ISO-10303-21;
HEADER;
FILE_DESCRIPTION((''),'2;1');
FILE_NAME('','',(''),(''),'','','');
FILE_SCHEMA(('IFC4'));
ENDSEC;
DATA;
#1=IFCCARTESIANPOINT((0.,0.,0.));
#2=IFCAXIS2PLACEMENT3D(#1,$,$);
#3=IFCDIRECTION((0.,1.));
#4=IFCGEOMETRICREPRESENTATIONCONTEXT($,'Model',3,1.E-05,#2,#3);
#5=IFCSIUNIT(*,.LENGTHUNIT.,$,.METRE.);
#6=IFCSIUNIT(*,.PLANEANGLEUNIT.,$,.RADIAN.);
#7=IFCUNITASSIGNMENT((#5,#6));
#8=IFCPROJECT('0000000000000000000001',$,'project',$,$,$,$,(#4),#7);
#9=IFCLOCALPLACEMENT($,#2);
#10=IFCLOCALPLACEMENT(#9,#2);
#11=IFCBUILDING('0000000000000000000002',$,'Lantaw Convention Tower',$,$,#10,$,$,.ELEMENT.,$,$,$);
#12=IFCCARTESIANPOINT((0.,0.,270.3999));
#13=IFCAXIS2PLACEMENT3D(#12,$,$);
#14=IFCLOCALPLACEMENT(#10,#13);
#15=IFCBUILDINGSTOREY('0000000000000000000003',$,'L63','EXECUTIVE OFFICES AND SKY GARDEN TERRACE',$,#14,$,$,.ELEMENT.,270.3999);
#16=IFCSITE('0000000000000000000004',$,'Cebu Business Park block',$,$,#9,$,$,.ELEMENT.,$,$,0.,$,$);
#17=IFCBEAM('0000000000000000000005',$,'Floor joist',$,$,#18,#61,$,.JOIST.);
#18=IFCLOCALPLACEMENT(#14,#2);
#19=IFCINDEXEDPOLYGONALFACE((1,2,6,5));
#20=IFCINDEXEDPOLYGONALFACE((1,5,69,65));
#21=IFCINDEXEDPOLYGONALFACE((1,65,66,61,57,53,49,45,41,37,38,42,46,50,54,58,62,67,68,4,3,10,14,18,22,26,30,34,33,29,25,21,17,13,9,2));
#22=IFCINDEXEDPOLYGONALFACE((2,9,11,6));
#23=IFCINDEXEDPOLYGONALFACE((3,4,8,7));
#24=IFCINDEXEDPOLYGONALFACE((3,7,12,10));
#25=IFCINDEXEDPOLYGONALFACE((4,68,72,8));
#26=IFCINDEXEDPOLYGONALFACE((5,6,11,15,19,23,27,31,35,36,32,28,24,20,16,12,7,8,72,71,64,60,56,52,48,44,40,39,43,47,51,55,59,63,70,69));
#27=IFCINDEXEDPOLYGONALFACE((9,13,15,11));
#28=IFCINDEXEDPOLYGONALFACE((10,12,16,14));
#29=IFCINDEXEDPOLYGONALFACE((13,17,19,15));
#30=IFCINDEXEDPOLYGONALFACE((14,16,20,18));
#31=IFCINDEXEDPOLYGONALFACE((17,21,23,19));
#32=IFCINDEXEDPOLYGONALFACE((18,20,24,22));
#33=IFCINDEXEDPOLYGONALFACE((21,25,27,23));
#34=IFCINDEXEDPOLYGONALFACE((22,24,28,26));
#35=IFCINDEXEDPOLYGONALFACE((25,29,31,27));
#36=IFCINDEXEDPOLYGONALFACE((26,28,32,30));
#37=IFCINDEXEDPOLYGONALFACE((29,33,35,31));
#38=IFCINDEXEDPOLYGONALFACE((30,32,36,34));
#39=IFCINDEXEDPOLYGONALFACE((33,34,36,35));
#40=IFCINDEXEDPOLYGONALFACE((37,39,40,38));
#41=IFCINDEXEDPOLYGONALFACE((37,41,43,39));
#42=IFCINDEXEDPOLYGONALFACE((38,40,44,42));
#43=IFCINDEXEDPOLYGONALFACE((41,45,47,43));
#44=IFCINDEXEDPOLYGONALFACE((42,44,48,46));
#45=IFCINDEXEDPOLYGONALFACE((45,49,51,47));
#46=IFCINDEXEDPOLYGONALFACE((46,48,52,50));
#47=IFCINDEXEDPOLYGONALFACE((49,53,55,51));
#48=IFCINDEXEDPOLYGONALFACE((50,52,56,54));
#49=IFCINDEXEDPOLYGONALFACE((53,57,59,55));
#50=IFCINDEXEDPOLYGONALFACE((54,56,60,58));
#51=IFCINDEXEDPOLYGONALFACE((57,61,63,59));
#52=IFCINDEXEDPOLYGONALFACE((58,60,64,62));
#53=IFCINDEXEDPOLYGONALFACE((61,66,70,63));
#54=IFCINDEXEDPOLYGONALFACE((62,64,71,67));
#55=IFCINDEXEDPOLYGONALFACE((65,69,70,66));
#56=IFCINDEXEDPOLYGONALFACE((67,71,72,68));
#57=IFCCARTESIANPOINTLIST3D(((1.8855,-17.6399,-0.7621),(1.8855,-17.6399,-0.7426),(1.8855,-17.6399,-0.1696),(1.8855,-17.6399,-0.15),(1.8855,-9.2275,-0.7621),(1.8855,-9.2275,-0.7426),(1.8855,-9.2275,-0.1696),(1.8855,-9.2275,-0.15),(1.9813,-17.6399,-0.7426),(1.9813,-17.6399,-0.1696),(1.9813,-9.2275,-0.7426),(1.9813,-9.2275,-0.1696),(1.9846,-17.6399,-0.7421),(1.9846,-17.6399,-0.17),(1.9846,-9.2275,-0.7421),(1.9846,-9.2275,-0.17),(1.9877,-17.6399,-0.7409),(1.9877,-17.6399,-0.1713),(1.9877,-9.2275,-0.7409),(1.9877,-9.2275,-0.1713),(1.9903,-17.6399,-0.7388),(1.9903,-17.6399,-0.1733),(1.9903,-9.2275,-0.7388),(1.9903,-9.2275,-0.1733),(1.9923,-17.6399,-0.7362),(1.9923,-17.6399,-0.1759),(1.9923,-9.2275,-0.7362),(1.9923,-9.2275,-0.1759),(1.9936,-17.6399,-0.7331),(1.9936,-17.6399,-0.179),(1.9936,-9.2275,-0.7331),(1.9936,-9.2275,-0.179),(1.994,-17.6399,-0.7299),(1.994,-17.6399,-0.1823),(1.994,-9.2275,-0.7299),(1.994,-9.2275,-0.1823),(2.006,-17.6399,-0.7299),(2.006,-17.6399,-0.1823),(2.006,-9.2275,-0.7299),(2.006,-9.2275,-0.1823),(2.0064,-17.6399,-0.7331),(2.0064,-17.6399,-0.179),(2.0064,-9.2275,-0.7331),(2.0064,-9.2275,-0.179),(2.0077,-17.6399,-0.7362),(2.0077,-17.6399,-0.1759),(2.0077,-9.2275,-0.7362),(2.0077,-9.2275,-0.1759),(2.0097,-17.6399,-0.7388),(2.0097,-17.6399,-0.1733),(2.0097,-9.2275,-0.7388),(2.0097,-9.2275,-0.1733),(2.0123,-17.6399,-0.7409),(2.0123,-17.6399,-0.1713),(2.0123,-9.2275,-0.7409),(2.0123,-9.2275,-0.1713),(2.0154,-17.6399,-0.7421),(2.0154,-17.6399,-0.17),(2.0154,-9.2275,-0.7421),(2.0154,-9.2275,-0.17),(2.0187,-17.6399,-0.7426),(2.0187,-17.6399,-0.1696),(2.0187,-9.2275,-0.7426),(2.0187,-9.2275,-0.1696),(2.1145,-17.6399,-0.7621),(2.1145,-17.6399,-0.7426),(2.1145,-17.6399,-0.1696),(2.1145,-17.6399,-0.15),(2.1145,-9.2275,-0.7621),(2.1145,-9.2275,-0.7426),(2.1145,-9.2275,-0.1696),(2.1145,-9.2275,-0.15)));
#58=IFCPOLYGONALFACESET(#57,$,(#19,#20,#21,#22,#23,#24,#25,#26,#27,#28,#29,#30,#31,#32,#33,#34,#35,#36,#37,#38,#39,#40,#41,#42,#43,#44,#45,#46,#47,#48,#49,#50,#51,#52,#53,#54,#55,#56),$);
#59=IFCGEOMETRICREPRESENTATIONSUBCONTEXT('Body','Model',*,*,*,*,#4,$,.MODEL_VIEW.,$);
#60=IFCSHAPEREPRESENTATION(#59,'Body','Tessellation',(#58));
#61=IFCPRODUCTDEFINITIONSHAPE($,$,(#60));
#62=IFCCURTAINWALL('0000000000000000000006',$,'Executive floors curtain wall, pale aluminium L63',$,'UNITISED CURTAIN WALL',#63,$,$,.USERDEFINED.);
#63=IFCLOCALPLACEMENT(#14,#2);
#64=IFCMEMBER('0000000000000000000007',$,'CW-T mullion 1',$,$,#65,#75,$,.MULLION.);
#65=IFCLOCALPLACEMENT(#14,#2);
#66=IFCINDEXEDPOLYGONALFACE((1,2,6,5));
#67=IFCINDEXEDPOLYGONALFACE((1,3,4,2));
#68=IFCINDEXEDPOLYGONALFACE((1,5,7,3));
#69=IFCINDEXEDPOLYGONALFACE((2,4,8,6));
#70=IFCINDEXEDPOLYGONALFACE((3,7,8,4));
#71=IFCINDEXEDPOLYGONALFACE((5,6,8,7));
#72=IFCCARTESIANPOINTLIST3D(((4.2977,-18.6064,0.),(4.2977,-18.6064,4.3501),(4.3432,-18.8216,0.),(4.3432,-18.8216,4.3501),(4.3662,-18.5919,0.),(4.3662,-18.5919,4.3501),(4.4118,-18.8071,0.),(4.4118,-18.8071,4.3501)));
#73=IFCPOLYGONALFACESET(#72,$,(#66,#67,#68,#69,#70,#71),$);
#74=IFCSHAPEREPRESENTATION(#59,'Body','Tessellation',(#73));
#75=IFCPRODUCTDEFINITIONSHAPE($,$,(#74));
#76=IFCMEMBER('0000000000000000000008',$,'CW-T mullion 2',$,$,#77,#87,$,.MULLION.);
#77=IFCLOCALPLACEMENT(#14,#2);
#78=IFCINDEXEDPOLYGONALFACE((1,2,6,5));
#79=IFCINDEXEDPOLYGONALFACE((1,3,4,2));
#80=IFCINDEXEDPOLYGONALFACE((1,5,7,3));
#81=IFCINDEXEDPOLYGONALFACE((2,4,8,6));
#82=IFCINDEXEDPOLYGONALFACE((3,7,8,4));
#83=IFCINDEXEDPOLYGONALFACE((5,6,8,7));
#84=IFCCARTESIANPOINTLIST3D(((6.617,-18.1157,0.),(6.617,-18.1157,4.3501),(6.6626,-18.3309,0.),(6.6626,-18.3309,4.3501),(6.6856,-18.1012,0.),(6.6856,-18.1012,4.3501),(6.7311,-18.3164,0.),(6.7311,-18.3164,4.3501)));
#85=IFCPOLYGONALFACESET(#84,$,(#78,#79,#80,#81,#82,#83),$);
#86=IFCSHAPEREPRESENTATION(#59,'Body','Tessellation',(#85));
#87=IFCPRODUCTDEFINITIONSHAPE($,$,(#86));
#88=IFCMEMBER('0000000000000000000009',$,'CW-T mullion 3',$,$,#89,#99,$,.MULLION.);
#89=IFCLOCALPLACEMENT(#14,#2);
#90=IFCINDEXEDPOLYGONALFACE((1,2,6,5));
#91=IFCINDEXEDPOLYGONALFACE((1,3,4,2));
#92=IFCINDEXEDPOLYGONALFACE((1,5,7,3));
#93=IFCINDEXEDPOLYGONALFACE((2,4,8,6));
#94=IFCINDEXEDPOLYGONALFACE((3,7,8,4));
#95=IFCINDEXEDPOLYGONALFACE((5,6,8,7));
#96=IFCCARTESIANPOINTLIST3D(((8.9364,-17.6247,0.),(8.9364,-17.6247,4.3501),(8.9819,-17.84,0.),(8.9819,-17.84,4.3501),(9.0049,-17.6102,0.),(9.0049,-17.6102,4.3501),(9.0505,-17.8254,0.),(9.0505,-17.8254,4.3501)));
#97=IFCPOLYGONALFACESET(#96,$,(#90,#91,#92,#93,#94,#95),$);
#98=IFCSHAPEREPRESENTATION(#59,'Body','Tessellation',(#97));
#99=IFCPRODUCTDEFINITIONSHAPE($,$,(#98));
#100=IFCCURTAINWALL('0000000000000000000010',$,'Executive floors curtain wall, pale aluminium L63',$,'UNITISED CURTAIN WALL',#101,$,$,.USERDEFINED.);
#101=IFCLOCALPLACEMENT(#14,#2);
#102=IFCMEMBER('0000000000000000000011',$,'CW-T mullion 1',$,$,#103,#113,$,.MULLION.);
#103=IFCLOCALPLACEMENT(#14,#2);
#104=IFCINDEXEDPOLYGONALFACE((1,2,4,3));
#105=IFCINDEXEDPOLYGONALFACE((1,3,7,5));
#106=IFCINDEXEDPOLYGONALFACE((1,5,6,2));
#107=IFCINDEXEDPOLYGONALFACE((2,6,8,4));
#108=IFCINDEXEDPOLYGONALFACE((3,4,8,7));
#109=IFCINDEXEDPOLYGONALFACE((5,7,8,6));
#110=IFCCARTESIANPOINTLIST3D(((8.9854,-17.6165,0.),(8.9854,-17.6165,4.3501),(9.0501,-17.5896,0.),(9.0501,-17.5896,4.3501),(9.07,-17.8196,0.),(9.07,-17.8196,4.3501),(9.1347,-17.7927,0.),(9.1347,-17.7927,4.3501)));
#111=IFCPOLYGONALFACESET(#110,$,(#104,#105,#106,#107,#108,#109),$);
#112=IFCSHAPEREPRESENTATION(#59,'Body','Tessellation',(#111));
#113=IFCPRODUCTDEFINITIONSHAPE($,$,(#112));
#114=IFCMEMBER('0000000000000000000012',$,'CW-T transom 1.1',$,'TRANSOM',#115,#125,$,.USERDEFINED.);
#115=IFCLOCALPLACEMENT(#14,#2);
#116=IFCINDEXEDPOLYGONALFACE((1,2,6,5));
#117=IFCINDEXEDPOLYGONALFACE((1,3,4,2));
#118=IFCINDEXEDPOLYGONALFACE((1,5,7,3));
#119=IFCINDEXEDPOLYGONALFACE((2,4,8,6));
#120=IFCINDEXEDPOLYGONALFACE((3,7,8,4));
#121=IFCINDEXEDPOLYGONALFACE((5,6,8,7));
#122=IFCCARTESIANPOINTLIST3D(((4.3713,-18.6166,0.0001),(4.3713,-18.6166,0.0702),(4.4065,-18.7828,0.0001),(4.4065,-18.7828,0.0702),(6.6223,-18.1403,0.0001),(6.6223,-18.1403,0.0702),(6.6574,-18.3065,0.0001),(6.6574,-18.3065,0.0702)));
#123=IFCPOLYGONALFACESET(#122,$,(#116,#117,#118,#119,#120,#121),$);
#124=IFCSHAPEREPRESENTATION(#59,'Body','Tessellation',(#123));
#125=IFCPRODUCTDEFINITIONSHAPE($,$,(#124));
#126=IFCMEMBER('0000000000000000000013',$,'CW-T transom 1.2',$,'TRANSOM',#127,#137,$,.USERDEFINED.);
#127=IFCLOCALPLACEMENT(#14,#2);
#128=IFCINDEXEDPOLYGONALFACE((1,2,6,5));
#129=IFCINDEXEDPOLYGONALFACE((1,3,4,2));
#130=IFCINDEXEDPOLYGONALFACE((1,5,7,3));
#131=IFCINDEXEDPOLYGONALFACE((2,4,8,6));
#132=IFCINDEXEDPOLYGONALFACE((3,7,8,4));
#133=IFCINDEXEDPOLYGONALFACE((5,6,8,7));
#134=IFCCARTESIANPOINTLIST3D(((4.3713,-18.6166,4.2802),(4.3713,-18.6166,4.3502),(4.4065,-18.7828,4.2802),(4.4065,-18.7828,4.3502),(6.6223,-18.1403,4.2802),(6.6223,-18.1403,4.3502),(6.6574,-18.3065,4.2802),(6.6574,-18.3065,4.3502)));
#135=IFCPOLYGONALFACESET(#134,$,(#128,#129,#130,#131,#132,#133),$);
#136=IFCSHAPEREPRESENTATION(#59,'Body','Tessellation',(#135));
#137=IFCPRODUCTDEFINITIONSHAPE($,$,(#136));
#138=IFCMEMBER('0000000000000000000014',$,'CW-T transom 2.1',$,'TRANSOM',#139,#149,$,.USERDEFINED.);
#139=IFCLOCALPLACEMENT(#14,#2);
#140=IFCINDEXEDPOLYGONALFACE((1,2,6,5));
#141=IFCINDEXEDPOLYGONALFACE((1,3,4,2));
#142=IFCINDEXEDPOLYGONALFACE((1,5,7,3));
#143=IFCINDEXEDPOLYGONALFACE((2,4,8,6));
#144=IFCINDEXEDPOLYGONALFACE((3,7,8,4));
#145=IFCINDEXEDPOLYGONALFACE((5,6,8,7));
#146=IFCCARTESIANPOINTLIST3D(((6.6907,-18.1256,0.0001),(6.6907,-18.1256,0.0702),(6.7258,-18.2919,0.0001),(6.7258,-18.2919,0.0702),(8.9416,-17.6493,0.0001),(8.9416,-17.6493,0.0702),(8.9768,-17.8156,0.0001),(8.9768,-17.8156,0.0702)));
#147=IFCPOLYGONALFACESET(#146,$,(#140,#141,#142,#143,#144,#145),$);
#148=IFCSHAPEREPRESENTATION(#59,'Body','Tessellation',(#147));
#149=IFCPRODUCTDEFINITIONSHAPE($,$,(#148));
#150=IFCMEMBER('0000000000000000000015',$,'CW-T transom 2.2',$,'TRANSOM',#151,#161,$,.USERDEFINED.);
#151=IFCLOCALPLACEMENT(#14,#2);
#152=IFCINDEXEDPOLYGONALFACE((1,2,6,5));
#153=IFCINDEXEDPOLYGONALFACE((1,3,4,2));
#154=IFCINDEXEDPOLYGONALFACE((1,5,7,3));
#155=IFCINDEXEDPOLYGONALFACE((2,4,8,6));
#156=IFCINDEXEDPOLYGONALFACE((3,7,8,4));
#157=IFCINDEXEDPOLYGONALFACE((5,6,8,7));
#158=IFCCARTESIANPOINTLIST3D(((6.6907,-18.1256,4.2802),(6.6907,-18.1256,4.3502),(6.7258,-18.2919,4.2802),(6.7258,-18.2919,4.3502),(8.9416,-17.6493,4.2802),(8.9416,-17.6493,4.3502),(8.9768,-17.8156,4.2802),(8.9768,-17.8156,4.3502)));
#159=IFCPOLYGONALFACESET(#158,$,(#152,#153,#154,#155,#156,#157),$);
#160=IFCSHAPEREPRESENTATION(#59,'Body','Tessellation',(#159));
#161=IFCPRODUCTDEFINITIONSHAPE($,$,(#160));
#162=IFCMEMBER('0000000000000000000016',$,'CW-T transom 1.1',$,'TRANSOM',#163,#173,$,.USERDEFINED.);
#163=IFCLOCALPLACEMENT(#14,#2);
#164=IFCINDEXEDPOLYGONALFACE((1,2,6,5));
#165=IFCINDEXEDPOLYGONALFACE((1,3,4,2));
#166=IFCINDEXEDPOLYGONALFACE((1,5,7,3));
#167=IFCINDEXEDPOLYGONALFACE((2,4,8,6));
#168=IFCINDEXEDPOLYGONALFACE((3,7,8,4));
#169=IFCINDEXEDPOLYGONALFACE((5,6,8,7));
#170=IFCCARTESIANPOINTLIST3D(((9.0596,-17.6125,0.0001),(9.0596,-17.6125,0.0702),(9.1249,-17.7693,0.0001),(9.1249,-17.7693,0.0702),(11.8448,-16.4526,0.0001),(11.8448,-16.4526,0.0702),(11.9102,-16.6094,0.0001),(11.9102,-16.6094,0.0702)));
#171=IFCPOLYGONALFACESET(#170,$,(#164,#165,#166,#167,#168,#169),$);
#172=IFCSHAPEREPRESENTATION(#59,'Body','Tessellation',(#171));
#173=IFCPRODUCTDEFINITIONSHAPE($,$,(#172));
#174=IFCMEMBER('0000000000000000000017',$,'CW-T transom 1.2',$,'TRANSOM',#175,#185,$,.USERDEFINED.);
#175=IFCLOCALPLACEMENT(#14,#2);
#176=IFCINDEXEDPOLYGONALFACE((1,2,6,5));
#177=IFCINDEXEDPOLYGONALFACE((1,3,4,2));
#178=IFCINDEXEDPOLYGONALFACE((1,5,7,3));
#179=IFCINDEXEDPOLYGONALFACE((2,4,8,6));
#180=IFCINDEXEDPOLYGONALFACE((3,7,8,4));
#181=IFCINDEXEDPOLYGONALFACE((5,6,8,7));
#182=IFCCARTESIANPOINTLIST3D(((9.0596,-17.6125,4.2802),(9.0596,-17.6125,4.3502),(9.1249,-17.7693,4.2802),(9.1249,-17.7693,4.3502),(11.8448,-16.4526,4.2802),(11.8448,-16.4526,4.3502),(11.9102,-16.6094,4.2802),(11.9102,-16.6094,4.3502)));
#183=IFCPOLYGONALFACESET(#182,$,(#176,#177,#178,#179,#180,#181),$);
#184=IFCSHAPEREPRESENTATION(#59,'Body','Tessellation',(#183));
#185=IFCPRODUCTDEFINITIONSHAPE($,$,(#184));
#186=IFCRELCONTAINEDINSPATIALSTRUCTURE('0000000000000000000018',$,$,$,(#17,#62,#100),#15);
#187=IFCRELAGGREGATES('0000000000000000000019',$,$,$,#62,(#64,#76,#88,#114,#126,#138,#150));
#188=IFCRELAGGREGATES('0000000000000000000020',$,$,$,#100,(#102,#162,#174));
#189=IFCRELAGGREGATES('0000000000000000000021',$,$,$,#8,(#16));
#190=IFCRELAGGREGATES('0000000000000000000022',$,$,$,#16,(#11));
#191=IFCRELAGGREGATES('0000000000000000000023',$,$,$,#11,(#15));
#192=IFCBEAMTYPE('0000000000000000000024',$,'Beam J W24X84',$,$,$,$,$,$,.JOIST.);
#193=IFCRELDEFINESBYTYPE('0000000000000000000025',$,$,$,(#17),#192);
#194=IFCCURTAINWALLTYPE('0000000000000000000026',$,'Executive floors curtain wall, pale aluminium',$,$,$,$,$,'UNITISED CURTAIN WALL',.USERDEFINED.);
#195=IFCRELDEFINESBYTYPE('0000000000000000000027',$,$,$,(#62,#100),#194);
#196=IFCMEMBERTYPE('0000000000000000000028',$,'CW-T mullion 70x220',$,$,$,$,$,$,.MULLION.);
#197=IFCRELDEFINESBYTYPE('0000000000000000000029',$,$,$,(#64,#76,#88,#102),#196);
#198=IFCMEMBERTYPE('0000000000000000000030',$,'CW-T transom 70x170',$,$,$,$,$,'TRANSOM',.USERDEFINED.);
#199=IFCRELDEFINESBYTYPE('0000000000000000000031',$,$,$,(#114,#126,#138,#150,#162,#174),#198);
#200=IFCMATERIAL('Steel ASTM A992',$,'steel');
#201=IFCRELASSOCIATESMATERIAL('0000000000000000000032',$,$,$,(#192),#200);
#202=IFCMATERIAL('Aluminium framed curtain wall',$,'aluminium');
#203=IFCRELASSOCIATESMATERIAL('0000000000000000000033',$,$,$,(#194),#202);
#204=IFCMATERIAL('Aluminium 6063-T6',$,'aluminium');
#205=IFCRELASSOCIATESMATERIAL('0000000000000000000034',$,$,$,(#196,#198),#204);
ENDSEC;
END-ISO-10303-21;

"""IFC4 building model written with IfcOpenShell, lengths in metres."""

from ifc_helpers import new_model, si_unit, direction, frame, origin, origin_2d, place, context, subcontext, project, spatial, rectangle, i_section, extrude, material, material_profile, profile_set, type_object, element, aggregate, save


model = new_model("IFC4")

# Units and contexts
model_context = context("Model", 3, precision=1e-05, world=origin(), true_north=direction((0.0, 1.0)))
body_context = subcontext(model_context, "Body", "Model", "MODEL_VIEW")
ifc_project = project(units=[si_unit("LENGTHUNIT", "METRE"), si_unit("PLANEANGLEUNIT", "RADIAN")], contexts=[model_context])

# Site, building, storey
site_placement = place(None, origin())
site = spatial("IfcSite", under=ifc_project, at=site_placement, Name="Cebu Business Park block", CompositionType="ELEMENT", RefElevation=0.0)
building_placement = place(site_placement, origin())
building = spatial("IfcBuilding", under=site, at=building_placement, Name="Lantaw Convention Tower", CompositionType="ELEMENT")
storey_placement = place(building_placement, frame((0.0, 0.0, 270.3999)))
storey = spatial("IfcBuildingStorey", under=building, at=storey_placement, Name="L63", Description="EXECUTIVE OFFICES AND SKY GARDEN TERRACE", CompositionType="ELEMENT", Elevation=270.3999)

# Beam
ifc_material_1 = material(Name="Steel ASTM A992", Category="steel")
ifc_material_profile_1 = material_profile(ifc_material_1, i_section(OverallWidth=0.229, OverallDepth=0.6121, WebThickness=0.012, FlangeThickness=0.0195, FilletRadius=0.0127, at=origin_2d()), Name="W24X84")
ifc_profile_set_1 = profile_set([ifc_material_profile_1], Name="Steel ASTM A992")
beam_type_1 = type_object("IfcBeamType", Name="Beam J W24X84", PredefinedType="JOIST", material=ifc_profile_set_1)
beam_1_placement = place(storey_placement, frame((2.0, -17.6399, -0.4561), z_axis=(0.0, 1.0, 0.0), x_axis=(-1.0, 0.0, 0.0)))
element("IfcBeam", 1, at=beam_1_placement, inside=storey, type_object=beam_type_1, Name="Floor joist", PredefinedType="JOIST", context=body_context, shape_type="SweptSolid", body=[
    extrude(i_section(OverallWidth=0.229, OverallDepth=0.6121, WebThickness=0.012, FlangeThickness=0.0195, FilletRadius=0.0127, at=origin_2d()), origin(), (0.0, 0.0, 1.0), 8.4124),
])

# Curtain wall, members
ifc_material_2 = material(Name="Aluminium framed curtain wall", Category="aluminium")
curtain_wall_type = type_object("IfcCurtainWallType", Name="Executive floors curtain wall, pale aluminium", ElementType="UNITISED CURTAIN WALL", PredefinedType="USERDEFINED", material=ifc_material_2)
curtain_wall_1_placement = place(storey_placement, origin())
curtain_wall_1 = element("IfcCurtainWall", 2, at=curtain_wall_1_placement, inside=storey, type_object=curtain_wall_type, Name="Executive floors curtain wall, pale aluminium L63", ObjectType="UNITISED CURTAIN WALL", PredefinedType="USERDEFINED")
ifc_material_3 = material(Name="Aluminium 6063-T6", Category="aluminium")
ifc_material_profile_2 = material_profile(ifc_material_3, rectangle(XDim=0.22, YDim=0.0701, at=origin_2d()), Name="CW-T mullion 70x220")
ifc_profile_set_2 = profile_set([ifc_material_profile_2], Name="Aluminium 6063-T6")
member_type_1 = type_object("IfcMemberType", Name="CW-T mullion 70x220", PredefinedType="MULLION", material=ifc_profile_set_2)
member_1_placement = place(storey_placement, frame((4.3547, -18.7068, 0.0), z_axis=(0.0, 0.0, 1.0), x_axis=(-0.20704, 0.978332, 0.0)))
member_1 = element("IfcMember", 3, at=member_1_placement, type_object=member_type_1, Name="CW-T mullion 1", PredefinedType="MULLION", context=body_context, shape_type="SweptSolid", body=[
    extrude(rectangle(XDim=0.22, YDim=0.0701, at=origin_2d()), origin(), (0.0, 0.0, 1.0), 4.3501),
])
member_2_placement = place(storey_placement, frame((6.6741, -18.2161, 0.0), z_axis=(0.0, 0.0, 1.0), x_axis=(-0.20704, 0.978332, 0.0)))
member_2 = element("IfcMember", 4, at=member_2_placement, type_object=member_type_1, Name="CW-T mullion 2", PredefinedType="MULLION", context=body_context, shape_type="SweptSolid", body=[
    extrude(rectangle(XDim=0.22, YDim=0.0701, at=origin_2d()), origin(), (0.0, 0.0, 1.0), 4.3501),
])
member_3_placement = place(storey_placement, frame((8.9934, -17.7251, 0.0), z_axis=(0.0, 0.0, 1.0), x_axis=(-0.20704, 0.978332, 0.0)))
member_3 = element("IfcMember", 5, at=member_3_placement, type_object=member_type_1, Name="CW-T mullion 3", PredefinedType="MULLION", context=body_context, shape_type="SweptSolid", body=[
    extrude(rectangle(XDim=0.22, YDim=0.0701, at=origin_2d()), origin(), (0.0, 0.0, 1.0), 4.3501),
])

# Curtain wall, member
curtain_wall_2_placement = place(storey_placement, origin())
curtain_wall_2 = element("IfcCurtainWall", 6, at=curtain_wall_2_placement, inside=storey, type_object=curtain_wall_type, Name="Executive floors curtain wall, pale aluminium L63", ObjectType="UNITISED CURTAIN WALL", PredefinedType="USERDEFINED")
member_4_placement = place(storey_placement, frame((9.0601, -17.7046, 0.0), z_axis=(0.0, 0.0, 1.0), x_axis=(-0.38446, 0.923142, 0.0)))
member_4 = element("IfcMember", 7, at=member_4_placement, type_object=member_type_1, Name="CW-T mullion 1", PredefinedType="MULLION", context=body_context, shape_type="SweptSolid", body=[
    extrude(rectangle(XDim=0.22, YDim=0.0701, at=origin_2d()), origin(), (0.0, 0.0, 1.0), 4.3501),
])

# Members
ifc_material_profile_3 = material_profile(ifc_material_3, rectangle(XDim=0.1699, YDim=0.0701, at=origin_2d()), Name="CW-T transom 70x170")
ifc_profile_set_3 = profile_set([ifc_material_profile_3], Name="Aluminium 6063-T6")
member_type_2 = type_object("IfcMemberType", Name="CW-T transom 70x170", ElementType="TRANSOM", PredefinedType="USERDEFINED", material=ifc_profile_set_3)
member_5_placement = place(storey_placement, frame((4.3889, -18.6997, 0.0352), z_axis=(0.978336, 0.207021, 0.0), x_axis=(-0.207021, 0.978336, 0.0)))
member_5 = element("IfcMember", 8, at=member_5_placement, type_object=member_type_2, Name="CW-T transom 1.1", ObjectType="TRANSOM", PredefinedType="USERDEFINED", context=body_context, shape_type="SweptSolid", body=[
    extrude(rectangle(XDim=0.1699, YDim=0.0701, at=origin_2d()), origin(), (0.0, 0.0, 1.0), 2.3008),
])
member_6_placement = place(storey_placement, frame((4.3889, -18.6997, 4.3152), z_axis=(0.978336, 0.207021, 0.0), x_axis=(-0.207021, 0.978336, 0.0)))
member_6 = element("IfcMember", 9, at=member_6_placement, type_object=member_type_2, Name="CW-T transom 1.2", ObjectType="TRANSOM", PredefinedType="USERDEFINED", context=body_context, shape_type="SweptSolid", body=[
    extrude(rectangle(XDim=0.1699, YDim=0.0701, at=origin_2d()), origin(), (0.0, 0.0, 1.0), 2.3008),
])
member_7_placement = place(storey_placement, frame((6.7083, -18.2087, 0.0352), z_axis=(0.978336, 0.207021, 0.0), x_axis=(-0.207021, 0.978336, 0.0)))
member_7 = element("IfcMember", 10, at=member_7_placement, type_object=member_type_2, Name="CW-T transom 2.1", ObjectType="TRANSOM", PredefinedType="USERDEFINED", context=body_context, shape_type="SweptSolid", body=[
    extrude(rectangle(XDim=0.1699, YDim=0.0701, at=origin_2d()), origin(), (0.0, 0.0, 1.0), 2.3008),
])
member_8_placement = place(storey_placement, frame((6.7083, -18.2087, 4.3152), z_axis=(0.978336, 0.207021, 0.0), x_axis=(-0.207021, 0.978336, 0.0)))
member_8 = element("IfcMember", 11, at=member_8_placement, type_object=member_type_2, Name="CW-T transom 2.2", ObjectType="TRANSOM", PredefinedType="USERDEFINED", context=body_context, shape_type="SweptSolid", body=[
    extrude(rectangle(XDim=0.1699, YDim=0.0701, at=origin_2d()), origin(), (0.0, 0.0, 1.0), 2.3008),
])
member_9_placement = place(storey_placement, frame((9.0923, -17.6909, 0.0352), z_axis=(0.923144, 0.384454, 0.0), x_axis=(-0.384454, 0.923144, 0.0)))
member_9 = element("IfcMember", 12, at=member_9_placement, type_object=member_type_2, Name="CW-T transom 1.1", ObjectType="TRANSOM", PredefinedType="USERDEFINED", context=body_context, shape_type="SweptSolid", body=[
    extrude(rectangle(XDim=0.1699, YDim=0.0701, at=origin_2d()), origin(), (0.0, 0.0, 1.0), 3.0171),
])
member_10_placement = place(storey_placement, frame((9.0923, -17.6909, 4.3152), z_axis=(0.923144, 0.384454, 0.0), x_axis=(-0.384454, 0.923144, 0.0)))
member_10 = element("IfcMember", 13, at=member_10_placement, type_object=member_type_2, Name="CW-T transom 1.2", ObjectType="TRANSOM", PredefinedType="USERDEFINED", context=body_context, shape_type="SweptSolid", body=[
    extrude(rectangle(XDim=0.1699, YDim=0.0701, at=origin_2d()), origin(), (0.0, 0.0, 1.0), 3.0171),
])

aggregate(curtain_wall_1, [member_1, member_2, member_3, member_5, member_6, member_7, member_8])
aggregate(curtain_wall_2, [member_4, member_9, member_10])

save(model, "model.ifc")
